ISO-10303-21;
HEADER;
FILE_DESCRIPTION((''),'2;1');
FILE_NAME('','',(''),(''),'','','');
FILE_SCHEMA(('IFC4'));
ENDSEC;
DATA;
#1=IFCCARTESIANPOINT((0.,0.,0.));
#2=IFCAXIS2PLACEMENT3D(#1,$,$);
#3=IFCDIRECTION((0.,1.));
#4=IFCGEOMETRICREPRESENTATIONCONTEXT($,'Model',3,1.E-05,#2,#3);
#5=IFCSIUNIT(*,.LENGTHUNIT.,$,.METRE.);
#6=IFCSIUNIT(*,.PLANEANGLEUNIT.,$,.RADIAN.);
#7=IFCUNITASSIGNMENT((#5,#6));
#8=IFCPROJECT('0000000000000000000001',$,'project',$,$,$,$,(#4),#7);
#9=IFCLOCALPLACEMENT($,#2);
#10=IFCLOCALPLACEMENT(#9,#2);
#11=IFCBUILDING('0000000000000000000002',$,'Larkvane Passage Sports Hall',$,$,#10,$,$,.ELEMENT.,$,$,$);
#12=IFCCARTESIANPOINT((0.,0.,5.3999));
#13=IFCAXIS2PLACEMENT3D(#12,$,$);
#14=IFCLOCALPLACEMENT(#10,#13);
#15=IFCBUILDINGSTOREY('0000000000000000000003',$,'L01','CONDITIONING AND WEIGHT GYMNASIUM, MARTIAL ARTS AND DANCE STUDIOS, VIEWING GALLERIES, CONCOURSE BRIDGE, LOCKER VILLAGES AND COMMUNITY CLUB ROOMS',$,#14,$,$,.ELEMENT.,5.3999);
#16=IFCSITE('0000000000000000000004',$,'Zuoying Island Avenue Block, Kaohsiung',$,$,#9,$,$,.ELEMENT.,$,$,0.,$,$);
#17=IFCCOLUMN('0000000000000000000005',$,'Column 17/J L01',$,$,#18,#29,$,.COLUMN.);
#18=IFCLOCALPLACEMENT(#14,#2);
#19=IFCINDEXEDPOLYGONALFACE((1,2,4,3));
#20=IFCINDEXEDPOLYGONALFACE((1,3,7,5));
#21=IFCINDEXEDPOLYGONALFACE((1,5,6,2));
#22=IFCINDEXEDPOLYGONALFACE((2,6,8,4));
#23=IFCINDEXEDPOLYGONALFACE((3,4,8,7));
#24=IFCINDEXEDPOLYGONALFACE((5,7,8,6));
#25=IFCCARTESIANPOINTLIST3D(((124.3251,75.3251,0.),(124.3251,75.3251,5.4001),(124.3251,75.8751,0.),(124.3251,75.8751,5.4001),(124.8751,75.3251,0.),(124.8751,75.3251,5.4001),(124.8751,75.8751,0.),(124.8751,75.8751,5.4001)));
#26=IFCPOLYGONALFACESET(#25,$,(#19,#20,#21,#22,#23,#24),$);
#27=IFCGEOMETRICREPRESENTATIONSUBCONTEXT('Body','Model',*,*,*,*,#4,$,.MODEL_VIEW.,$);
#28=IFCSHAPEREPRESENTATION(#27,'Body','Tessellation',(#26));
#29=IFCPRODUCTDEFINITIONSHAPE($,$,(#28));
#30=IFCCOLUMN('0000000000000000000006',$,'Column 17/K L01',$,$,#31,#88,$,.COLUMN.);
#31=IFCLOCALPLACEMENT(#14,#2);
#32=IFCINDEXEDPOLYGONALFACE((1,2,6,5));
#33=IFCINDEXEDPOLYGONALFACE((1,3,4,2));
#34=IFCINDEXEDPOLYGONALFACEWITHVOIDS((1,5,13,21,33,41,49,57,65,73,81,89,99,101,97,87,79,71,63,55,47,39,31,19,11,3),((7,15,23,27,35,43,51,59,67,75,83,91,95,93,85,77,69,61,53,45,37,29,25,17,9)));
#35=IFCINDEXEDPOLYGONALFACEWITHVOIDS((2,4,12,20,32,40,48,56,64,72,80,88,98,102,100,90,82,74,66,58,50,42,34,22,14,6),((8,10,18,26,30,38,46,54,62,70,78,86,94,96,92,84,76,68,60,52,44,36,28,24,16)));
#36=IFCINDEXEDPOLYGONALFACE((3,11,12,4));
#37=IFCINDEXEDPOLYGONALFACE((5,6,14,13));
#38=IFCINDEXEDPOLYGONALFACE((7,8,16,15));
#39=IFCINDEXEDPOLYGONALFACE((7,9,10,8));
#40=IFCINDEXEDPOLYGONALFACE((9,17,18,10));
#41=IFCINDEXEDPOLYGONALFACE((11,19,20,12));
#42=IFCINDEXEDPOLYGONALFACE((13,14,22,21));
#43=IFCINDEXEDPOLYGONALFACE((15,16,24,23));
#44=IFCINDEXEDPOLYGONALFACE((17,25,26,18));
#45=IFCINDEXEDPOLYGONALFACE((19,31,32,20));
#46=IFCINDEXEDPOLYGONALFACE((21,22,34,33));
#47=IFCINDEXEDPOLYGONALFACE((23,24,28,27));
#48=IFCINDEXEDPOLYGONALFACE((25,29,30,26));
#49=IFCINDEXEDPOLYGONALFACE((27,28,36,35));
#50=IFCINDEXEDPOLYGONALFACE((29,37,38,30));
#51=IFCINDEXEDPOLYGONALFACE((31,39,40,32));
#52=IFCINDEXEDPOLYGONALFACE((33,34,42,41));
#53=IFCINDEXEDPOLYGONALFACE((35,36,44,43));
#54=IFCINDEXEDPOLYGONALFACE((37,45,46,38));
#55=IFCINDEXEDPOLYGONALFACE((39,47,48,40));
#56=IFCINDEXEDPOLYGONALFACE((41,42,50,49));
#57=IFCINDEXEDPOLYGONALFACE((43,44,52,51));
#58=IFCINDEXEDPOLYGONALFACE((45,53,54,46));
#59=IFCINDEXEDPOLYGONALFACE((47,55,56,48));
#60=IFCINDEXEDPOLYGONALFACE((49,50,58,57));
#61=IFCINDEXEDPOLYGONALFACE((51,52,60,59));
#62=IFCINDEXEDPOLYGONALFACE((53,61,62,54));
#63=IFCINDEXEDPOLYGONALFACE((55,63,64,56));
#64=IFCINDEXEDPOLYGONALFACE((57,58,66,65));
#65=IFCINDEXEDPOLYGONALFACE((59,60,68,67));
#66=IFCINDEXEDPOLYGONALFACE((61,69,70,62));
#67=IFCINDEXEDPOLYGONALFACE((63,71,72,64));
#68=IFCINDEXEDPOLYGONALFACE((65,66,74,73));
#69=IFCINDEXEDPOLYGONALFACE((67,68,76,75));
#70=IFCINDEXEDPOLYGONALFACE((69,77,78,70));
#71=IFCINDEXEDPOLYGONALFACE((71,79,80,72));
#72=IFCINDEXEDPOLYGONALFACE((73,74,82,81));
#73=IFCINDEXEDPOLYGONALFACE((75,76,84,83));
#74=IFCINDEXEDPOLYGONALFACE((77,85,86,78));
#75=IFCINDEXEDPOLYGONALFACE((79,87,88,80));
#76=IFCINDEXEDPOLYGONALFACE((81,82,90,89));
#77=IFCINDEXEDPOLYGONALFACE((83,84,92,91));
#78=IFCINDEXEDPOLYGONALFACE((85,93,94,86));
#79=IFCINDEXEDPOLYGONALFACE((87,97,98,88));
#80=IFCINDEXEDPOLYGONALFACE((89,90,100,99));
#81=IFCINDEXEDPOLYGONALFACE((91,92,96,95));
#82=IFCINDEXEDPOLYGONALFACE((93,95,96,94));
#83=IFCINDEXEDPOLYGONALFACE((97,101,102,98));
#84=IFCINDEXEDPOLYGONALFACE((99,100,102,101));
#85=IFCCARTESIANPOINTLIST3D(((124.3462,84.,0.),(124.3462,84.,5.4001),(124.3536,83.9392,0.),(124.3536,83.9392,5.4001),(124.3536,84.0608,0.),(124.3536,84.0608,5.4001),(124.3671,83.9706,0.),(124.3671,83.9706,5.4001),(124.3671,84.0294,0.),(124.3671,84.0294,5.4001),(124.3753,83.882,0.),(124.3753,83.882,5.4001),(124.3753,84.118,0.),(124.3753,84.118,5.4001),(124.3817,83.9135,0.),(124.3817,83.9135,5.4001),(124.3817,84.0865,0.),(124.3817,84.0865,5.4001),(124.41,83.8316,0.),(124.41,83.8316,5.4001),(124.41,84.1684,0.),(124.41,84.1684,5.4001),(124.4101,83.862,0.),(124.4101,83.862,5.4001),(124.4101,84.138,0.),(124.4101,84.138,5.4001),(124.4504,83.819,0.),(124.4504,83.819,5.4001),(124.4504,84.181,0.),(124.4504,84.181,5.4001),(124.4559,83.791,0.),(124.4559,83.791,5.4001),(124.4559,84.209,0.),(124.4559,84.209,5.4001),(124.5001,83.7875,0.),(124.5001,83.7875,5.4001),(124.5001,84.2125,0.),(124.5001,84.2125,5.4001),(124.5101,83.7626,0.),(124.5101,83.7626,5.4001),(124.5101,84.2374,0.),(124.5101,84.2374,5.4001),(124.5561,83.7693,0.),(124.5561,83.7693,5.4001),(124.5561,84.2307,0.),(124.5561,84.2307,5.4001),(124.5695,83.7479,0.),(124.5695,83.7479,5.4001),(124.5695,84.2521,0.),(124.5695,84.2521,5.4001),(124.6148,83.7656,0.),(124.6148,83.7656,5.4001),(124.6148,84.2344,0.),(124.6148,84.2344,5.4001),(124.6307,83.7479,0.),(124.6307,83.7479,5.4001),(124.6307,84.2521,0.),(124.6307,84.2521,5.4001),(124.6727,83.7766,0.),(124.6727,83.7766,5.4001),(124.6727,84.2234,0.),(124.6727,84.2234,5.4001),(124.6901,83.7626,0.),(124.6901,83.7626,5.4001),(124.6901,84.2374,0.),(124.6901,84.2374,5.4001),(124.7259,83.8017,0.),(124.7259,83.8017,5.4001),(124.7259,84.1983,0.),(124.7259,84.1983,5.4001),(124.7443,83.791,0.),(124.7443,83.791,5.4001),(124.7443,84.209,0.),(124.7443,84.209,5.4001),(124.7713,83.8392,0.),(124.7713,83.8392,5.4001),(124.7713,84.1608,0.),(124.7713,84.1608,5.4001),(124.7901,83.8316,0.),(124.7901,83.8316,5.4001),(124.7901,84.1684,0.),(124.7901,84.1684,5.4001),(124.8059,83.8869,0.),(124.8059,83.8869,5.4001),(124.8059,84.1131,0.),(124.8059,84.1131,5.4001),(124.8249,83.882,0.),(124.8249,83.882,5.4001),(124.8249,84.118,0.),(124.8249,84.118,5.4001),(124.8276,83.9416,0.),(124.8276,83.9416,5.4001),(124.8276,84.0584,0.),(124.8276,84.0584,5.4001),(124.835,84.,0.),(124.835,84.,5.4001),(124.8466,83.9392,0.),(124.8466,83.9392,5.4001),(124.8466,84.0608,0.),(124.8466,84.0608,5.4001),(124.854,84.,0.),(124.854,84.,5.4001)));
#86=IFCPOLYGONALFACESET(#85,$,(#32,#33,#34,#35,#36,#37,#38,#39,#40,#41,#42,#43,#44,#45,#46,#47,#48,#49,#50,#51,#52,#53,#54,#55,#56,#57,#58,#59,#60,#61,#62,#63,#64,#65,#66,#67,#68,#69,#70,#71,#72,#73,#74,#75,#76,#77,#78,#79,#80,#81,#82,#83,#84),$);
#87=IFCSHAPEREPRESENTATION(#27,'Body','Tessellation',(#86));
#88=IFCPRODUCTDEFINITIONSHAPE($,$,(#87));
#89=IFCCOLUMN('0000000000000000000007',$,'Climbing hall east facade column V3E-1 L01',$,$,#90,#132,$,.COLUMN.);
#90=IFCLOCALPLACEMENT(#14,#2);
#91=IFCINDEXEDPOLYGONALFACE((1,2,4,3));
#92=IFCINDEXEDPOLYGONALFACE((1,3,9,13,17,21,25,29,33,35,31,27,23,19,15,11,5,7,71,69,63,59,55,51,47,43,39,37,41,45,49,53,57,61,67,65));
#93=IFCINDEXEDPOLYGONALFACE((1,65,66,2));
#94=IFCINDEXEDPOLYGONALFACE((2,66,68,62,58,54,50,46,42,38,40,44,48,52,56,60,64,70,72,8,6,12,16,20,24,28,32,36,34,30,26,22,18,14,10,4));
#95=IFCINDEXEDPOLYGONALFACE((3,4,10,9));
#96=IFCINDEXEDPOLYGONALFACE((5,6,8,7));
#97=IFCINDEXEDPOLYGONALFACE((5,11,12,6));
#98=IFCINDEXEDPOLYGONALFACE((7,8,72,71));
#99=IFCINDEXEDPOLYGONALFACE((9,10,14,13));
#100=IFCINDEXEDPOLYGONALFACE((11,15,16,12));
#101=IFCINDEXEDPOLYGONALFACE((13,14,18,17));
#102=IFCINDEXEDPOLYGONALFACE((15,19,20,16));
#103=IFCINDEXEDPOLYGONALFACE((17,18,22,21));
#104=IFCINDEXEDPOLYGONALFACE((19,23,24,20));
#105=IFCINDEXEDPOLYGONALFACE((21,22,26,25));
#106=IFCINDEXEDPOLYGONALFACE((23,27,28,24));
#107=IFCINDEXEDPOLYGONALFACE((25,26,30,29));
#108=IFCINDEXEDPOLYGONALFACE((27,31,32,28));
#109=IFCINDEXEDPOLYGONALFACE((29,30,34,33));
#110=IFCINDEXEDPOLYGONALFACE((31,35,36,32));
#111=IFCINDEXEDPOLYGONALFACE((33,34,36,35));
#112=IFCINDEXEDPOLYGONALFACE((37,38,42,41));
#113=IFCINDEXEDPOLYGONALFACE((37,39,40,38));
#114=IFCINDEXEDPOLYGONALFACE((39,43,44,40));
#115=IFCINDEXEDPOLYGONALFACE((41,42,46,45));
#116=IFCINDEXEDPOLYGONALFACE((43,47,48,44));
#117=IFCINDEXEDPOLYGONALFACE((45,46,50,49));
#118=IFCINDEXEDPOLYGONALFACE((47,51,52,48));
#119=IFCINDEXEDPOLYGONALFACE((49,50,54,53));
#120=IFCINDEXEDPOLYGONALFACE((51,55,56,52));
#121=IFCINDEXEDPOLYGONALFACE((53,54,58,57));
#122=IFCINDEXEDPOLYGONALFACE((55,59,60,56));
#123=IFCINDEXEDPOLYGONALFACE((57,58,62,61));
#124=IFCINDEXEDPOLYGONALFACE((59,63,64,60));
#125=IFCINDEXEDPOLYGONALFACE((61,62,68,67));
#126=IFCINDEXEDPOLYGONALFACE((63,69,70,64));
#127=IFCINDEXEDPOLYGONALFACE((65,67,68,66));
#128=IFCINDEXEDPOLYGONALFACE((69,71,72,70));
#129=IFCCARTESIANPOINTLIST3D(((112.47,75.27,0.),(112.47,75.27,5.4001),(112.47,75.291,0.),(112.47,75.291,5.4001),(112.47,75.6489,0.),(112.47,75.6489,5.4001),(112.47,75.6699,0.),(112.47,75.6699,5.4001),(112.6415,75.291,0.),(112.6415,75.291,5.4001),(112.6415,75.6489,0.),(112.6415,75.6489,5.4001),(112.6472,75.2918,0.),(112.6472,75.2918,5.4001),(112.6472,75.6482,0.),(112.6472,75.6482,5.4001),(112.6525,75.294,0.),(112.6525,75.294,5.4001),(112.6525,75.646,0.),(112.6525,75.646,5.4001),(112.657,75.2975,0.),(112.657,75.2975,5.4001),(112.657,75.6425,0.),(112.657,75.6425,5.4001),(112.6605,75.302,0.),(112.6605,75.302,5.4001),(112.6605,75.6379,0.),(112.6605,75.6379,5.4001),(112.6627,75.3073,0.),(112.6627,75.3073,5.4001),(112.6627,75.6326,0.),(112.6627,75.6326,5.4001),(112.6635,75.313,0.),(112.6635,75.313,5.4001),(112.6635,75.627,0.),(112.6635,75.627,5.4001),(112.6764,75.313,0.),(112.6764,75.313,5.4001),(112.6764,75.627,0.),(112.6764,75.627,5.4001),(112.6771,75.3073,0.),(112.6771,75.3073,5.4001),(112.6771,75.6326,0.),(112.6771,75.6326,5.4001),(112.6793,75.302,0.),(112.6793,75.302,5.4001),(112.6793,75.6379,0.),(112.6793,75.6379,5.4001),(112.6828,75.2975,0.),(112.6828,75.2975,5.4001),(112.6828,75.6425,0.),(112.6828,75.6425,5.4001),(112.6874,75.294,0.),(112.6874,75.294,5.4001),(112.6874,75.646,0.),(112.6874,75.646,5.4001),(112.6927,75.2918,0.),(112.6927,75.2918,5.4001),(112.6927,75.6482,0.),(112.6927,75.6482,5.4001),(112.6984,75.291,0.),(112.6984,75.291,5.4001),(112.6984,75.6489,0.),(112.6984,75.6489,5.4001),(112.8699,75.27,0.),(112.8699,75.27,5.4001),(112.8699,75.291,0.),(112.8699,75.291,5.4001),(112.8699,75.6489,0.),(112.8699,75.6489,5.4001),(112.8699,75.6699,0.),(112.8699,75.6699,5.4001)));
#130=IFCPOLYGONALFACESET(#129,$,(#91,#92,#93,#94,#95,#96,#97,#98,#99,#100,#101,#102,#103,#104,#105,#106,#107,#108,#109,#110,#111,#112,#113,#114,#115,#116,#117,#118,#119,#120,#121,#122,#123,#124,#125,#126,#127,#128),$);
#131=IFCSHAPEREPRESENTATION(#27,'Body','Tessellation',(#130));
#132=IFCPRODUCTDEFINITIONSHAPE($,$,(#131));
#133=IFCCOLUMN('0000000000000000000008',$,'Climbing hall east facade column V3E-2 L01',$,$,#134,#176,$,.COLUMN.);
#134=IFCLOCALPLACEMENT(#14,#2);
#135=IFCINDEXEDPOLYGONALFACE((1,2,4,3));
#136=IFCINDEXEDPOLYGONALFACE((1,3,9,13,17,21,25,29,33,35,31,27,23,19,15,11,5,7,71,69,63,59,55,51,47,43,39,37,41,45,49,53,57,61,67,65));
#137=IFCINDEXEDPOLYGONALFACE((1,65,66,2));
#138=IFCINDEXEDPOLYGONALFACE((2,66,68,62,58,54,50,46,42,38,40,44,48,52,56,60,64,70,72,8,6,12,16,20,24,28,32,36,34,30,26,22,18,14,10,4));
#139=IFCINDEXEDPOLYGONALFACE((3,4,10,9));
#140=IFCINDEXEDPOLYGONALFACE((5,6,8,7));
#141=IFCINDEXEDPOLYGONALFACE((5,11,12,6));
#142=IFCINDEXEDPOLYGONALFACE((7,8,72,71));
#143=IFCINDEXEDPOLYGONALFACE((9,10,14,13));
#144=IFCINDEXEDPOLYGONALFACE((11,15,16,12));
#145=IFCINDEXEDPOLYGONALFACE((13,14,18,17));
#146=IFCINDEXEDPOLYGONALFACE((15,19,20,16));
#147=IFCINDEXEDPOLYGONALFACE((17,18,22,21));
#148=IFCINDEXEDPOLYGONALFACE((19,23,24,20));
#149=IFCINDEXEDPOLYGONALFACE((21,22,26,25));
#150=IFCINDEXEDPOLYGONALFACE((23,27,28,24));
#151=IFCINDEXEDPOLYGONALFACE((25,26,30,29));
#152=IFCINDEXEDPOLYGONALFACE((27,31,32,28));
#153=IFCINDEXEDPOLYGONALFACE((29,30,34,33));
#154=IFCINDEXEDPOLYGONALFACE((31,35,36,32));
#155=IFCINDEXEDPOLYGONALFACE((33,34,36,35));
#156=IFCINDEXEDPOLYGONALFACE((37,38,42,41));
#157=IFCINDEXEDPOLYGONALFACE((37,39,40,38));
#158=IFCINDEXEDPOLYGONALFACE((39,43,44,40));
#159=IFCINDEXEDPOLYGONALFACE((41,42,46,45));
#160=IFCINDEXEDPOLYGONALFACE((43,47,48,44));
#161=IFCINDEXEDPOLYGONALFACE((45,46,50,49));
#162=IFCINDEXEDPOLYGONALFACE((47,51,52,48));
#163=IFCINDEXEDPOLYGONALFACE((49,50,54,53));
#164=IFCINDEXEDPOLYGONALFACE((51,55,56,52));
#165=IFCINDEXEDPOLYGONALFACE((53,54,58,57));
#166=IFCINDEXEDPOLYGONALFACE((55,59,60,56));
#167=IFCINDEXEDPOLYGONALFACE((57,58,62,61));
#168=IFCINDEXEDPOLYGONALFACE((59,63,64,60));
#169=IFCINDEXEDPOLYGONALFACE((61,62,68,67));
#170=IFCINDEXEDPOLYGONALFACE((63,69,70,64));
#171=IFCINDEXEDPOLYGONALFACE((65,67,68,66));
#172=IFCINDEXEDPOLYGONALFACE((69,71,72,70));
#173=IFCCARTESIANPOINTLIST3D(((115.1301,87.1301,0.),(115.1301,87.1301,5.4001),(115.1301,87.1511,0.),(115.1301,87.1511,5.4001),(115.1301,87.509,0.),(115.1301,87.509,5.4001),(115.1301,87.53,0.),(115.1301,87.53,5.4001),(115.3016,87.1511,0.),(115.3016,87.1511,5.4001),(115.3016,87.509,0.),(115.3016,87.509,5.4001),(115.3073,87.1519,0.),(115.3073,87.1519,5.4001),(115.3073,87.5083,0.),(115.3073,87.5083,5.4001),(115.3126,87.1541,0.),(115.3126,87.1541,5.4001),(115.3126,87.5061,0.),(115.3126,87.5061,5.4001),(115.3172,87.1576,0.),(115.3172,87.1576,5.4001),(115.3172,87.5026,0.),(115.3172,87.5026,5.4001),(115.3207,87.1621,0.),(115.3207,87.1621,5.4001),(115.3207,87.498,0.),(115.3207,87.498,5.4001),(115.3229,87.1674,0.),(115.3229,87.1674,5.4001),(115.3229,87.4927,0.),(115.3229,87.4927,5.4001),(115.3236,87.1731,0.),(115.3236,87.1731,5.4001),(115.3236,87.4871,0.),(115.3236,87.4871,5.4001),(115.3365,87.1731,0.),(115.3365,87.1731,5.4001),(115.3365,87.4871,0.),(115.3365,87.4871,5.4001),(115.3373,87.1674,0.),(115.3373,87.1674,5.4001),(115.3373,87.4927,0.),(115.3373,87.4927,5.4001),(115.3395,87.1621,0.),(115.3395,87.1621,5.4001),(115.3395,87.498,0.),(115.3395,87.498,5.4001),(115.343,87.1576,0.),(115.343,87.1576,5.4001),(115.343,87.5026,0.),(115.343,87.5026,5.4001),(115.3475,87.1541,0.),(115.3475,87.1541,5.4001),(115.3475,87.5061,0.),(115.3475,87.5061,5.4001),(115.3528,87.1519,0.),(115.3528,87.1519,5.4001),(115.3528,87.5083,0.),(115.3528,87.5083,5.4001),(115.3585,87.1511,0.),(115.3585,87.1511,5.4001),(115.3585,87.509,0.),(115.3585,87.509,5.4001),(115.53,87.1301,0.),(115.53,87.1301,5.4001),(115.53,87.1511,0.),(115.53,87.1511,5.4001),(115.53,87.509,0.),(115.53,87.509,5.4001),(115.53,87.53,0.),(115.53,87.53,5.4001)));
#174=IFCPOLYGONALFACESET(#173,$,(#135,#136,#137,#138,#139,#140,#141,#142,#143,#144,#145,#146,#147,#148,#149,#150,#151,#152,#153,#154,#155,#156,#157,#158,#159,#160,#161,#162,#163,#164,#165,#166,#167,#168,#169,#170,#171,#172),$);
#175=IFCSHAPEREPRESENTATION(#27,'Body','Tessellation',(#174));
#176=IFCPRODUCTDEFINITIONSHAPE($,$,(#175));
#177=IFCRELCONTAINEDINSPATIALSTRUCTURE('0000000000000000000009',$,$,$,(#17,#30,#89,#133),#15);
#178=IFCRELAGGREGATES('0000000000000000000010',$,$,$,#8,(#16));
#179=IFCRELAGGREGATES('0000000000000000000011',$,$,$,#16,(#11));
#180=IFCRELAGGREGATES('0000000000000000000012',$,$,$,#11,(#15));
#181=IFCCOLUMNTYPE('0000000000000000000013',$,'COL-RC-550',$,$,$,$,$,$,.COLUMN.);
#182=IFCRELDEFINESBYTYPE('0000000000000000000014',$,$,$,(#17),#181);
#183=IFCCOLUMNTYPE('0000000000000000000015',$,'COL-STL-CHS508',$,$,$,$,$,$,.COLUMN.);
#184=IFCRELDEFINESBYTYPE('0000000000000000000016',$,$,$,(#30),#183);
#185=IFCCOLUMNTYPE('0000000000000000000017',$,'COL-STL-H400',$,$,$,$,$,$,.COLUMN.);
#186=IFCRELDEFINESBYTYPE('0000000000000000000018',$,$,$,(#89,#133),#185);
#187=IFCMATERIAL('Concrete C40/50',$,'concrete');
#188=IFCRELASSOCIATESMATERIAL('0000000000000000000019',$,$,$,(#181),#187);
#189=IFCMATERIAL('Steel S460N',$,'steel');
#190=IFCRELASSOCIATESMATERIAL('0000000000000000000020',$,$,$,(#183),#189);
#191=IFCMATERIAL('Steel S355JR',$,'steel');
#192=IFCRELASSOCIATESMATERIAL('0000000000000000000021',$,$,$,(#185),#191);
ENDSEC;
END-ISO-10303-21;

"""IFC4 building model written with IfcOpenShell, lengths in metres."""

from ifc_helpers import new_model, si_unit, direction, frame, origin, origin_2d, place, context, subcontext, project, spatial, rectangle, hollow_circle, i_section, extrude, material, material_profile, profile_set, type_object, element, save


model = new_model("IFC4")

# Units and contexts
model_context = context("Model", 3, precision=1e-05, world=origin(), true_north=direction((0.0, 1.0)))
body_context = subcontext(model_context, "Body", "Model", "MODEL_VIEW")
ifc_project = project(units=[si_unit("LENGTHUNIT", "METRE"), si_unit("PLANEANGLEUNIT", "RADIAN")], contexts=[model_context])

# Site, building, storey
site_placement = place(None, origin())
site = spatial("IfcSite", under=ifc_project, at=site_placement, Name="Zuoying Island Avenue Block, Kaohsiung", CompositionType="ELEMENT", RefElevation=0.0)
building_placement = place(site_placement, origin())
building = spatial("IfcBuilding", under=site, at=building_placement, Name="Larkvane Passage Sports Hall", CompositionType="ELEMENT")
storey_placement = place(building_placement, frame((0.0, 0.0, 5.3999)))
storey = spatial("IfcBuildingStorey", under=building, at=storey_placement, Name="L01", Description="CONDITIONING AND WEIGHT GYMNASIUM, MARTIAL ARTS AND DANCE STUDIOS, VIEWING GALLERIES, CONCOURSE BRIDGE, LOCKER VILLAGES AND COMMUNITY CLUB ROOMS", CompositionType="ELEMENT", Elevation=5.3999)

# Columns
ifc_material_1 = material(Name="Concrete C40/50", Category="concrete")
ifc_material_profile_1 = material_profile(ifc_material_1, rectangle(XDim=0.55, YDim=0.55, at=origin_2d()), Name="RC-COL-550x550")
ifc_profile_set_1 = profile_set([ifc_material_profile_1], Name="Concrete C40/50")
column_type_1 = type_object("IfcColumnType", Name="COL-RC-550", PredefinedType="COLUMN", material=ifc_profile_set_1)
column_1_placement = place(storey_placement, frame((124.6001, 75.6001, 0.0), z_axis=(0.0, 0.0, 1.0), x_axis=(1.0, 0.0, 0.0)))
element("IfcColumn", 1, at=column_1_placement, inside=storey, type_object=column_type_1, Name="Column 17/J L01", PredefinedType="COLUMN", context=body_context, shape_type="SweptSolid", body=[
    extrude(rectangle(XDim=0.55, YDim=0.55, at=origin_2d()), origin(), (0.0, 0.0, 1.0), 5.4001),
])
ifc_material_2 = material(Name="Steel S460N", Category="steel")
ifc_material_profile_2 = material_profile(ifc_material_2, hollow_circle(Radius=0.2539, WallThickness=0.019, at=origin_2d()), Name="CHS-508.0x19.0")
ifc_profile_set_2 = profile_set([ifc_material_profile_2], Name="Steel S460N")
column_type_2 = type_object("IfcColumnType", Name="COL-STL-CHS508", PredefinedType="COLUMN", material=ifc_profile_set_2)
column_2_placement = place(storey_placement, frame((124.6001, 84.0, 0.0), z_axis=(0.0, 0.0, 1.0), x_axis=(1.0, 0.0, 0.0)))
element("IfcColumn", 2, at=column_2_placement, inside=storey, type_object=column_type_2, Name="Column 17/K L01", PredefinedType="COLUMN", context=body_context, shape_type="SweptSolid", body=[
    extrude(hollow_circle(Radius=0.2539, WallThickness=0.019, at=origin_2d()), origin(), (0.0, 0.0, 1.0), 5.4001),
])
ifc_material_3 = material(Name="Steel S355JR", Category="steel")
ifc_material_profile_3 = material_profile(ifc_material_3, i_section(OverallWidth=0.3999, OverallDepth=0.3999, WebThickness=0.0129, FlangeThickness=0.021, FilletRadius=0.022, at=origin_2d()), Name="H-400x400x13x21")
ifc_profile_set_3 = profile_set([ifc_material_profile_3], Name="Steel S355JR")
column_type_3 = type_object("IfcColumnType", Name="COL-STL-H400", PredefinedType="COLUMN", material=ifc_profile_set_3)
for number, where, z_axis, x_axis, name in (
    (3, (112.6699, 75.47, 0.0), (0.0, 0.0, 1.0), (1.0, 0.0, 0.0), "Climbing hall east facade column V3E-1 L01"),
    (4, (115.3301, 87.3301, 0.0), (0.0, 0.0, 1.0), (1.0, 0.0, 0.0), "Climbing hall east facade column V3E-2 L01"),
):
    element("IfcColumn", number, at=place(storey_placement, frame(where, z_axis=z_axis, x_axis=x_axis)), inside=storey, type_object=column_type_3, Name=name, PredefinedType="COLUMN", context=body_context, shape_type="SweptSolid", body=[
        extrude(i_section(OverallWidth=0.3999, OverallDepth=0.3999, WebThickness=0.0129, FlangeThickness=0.021, FilletRadius=0.022, at=origin_2d()), origin(), (0.0, 0.0, 1.0), 5.4001),
    ])

save(model, "model.ifc")
